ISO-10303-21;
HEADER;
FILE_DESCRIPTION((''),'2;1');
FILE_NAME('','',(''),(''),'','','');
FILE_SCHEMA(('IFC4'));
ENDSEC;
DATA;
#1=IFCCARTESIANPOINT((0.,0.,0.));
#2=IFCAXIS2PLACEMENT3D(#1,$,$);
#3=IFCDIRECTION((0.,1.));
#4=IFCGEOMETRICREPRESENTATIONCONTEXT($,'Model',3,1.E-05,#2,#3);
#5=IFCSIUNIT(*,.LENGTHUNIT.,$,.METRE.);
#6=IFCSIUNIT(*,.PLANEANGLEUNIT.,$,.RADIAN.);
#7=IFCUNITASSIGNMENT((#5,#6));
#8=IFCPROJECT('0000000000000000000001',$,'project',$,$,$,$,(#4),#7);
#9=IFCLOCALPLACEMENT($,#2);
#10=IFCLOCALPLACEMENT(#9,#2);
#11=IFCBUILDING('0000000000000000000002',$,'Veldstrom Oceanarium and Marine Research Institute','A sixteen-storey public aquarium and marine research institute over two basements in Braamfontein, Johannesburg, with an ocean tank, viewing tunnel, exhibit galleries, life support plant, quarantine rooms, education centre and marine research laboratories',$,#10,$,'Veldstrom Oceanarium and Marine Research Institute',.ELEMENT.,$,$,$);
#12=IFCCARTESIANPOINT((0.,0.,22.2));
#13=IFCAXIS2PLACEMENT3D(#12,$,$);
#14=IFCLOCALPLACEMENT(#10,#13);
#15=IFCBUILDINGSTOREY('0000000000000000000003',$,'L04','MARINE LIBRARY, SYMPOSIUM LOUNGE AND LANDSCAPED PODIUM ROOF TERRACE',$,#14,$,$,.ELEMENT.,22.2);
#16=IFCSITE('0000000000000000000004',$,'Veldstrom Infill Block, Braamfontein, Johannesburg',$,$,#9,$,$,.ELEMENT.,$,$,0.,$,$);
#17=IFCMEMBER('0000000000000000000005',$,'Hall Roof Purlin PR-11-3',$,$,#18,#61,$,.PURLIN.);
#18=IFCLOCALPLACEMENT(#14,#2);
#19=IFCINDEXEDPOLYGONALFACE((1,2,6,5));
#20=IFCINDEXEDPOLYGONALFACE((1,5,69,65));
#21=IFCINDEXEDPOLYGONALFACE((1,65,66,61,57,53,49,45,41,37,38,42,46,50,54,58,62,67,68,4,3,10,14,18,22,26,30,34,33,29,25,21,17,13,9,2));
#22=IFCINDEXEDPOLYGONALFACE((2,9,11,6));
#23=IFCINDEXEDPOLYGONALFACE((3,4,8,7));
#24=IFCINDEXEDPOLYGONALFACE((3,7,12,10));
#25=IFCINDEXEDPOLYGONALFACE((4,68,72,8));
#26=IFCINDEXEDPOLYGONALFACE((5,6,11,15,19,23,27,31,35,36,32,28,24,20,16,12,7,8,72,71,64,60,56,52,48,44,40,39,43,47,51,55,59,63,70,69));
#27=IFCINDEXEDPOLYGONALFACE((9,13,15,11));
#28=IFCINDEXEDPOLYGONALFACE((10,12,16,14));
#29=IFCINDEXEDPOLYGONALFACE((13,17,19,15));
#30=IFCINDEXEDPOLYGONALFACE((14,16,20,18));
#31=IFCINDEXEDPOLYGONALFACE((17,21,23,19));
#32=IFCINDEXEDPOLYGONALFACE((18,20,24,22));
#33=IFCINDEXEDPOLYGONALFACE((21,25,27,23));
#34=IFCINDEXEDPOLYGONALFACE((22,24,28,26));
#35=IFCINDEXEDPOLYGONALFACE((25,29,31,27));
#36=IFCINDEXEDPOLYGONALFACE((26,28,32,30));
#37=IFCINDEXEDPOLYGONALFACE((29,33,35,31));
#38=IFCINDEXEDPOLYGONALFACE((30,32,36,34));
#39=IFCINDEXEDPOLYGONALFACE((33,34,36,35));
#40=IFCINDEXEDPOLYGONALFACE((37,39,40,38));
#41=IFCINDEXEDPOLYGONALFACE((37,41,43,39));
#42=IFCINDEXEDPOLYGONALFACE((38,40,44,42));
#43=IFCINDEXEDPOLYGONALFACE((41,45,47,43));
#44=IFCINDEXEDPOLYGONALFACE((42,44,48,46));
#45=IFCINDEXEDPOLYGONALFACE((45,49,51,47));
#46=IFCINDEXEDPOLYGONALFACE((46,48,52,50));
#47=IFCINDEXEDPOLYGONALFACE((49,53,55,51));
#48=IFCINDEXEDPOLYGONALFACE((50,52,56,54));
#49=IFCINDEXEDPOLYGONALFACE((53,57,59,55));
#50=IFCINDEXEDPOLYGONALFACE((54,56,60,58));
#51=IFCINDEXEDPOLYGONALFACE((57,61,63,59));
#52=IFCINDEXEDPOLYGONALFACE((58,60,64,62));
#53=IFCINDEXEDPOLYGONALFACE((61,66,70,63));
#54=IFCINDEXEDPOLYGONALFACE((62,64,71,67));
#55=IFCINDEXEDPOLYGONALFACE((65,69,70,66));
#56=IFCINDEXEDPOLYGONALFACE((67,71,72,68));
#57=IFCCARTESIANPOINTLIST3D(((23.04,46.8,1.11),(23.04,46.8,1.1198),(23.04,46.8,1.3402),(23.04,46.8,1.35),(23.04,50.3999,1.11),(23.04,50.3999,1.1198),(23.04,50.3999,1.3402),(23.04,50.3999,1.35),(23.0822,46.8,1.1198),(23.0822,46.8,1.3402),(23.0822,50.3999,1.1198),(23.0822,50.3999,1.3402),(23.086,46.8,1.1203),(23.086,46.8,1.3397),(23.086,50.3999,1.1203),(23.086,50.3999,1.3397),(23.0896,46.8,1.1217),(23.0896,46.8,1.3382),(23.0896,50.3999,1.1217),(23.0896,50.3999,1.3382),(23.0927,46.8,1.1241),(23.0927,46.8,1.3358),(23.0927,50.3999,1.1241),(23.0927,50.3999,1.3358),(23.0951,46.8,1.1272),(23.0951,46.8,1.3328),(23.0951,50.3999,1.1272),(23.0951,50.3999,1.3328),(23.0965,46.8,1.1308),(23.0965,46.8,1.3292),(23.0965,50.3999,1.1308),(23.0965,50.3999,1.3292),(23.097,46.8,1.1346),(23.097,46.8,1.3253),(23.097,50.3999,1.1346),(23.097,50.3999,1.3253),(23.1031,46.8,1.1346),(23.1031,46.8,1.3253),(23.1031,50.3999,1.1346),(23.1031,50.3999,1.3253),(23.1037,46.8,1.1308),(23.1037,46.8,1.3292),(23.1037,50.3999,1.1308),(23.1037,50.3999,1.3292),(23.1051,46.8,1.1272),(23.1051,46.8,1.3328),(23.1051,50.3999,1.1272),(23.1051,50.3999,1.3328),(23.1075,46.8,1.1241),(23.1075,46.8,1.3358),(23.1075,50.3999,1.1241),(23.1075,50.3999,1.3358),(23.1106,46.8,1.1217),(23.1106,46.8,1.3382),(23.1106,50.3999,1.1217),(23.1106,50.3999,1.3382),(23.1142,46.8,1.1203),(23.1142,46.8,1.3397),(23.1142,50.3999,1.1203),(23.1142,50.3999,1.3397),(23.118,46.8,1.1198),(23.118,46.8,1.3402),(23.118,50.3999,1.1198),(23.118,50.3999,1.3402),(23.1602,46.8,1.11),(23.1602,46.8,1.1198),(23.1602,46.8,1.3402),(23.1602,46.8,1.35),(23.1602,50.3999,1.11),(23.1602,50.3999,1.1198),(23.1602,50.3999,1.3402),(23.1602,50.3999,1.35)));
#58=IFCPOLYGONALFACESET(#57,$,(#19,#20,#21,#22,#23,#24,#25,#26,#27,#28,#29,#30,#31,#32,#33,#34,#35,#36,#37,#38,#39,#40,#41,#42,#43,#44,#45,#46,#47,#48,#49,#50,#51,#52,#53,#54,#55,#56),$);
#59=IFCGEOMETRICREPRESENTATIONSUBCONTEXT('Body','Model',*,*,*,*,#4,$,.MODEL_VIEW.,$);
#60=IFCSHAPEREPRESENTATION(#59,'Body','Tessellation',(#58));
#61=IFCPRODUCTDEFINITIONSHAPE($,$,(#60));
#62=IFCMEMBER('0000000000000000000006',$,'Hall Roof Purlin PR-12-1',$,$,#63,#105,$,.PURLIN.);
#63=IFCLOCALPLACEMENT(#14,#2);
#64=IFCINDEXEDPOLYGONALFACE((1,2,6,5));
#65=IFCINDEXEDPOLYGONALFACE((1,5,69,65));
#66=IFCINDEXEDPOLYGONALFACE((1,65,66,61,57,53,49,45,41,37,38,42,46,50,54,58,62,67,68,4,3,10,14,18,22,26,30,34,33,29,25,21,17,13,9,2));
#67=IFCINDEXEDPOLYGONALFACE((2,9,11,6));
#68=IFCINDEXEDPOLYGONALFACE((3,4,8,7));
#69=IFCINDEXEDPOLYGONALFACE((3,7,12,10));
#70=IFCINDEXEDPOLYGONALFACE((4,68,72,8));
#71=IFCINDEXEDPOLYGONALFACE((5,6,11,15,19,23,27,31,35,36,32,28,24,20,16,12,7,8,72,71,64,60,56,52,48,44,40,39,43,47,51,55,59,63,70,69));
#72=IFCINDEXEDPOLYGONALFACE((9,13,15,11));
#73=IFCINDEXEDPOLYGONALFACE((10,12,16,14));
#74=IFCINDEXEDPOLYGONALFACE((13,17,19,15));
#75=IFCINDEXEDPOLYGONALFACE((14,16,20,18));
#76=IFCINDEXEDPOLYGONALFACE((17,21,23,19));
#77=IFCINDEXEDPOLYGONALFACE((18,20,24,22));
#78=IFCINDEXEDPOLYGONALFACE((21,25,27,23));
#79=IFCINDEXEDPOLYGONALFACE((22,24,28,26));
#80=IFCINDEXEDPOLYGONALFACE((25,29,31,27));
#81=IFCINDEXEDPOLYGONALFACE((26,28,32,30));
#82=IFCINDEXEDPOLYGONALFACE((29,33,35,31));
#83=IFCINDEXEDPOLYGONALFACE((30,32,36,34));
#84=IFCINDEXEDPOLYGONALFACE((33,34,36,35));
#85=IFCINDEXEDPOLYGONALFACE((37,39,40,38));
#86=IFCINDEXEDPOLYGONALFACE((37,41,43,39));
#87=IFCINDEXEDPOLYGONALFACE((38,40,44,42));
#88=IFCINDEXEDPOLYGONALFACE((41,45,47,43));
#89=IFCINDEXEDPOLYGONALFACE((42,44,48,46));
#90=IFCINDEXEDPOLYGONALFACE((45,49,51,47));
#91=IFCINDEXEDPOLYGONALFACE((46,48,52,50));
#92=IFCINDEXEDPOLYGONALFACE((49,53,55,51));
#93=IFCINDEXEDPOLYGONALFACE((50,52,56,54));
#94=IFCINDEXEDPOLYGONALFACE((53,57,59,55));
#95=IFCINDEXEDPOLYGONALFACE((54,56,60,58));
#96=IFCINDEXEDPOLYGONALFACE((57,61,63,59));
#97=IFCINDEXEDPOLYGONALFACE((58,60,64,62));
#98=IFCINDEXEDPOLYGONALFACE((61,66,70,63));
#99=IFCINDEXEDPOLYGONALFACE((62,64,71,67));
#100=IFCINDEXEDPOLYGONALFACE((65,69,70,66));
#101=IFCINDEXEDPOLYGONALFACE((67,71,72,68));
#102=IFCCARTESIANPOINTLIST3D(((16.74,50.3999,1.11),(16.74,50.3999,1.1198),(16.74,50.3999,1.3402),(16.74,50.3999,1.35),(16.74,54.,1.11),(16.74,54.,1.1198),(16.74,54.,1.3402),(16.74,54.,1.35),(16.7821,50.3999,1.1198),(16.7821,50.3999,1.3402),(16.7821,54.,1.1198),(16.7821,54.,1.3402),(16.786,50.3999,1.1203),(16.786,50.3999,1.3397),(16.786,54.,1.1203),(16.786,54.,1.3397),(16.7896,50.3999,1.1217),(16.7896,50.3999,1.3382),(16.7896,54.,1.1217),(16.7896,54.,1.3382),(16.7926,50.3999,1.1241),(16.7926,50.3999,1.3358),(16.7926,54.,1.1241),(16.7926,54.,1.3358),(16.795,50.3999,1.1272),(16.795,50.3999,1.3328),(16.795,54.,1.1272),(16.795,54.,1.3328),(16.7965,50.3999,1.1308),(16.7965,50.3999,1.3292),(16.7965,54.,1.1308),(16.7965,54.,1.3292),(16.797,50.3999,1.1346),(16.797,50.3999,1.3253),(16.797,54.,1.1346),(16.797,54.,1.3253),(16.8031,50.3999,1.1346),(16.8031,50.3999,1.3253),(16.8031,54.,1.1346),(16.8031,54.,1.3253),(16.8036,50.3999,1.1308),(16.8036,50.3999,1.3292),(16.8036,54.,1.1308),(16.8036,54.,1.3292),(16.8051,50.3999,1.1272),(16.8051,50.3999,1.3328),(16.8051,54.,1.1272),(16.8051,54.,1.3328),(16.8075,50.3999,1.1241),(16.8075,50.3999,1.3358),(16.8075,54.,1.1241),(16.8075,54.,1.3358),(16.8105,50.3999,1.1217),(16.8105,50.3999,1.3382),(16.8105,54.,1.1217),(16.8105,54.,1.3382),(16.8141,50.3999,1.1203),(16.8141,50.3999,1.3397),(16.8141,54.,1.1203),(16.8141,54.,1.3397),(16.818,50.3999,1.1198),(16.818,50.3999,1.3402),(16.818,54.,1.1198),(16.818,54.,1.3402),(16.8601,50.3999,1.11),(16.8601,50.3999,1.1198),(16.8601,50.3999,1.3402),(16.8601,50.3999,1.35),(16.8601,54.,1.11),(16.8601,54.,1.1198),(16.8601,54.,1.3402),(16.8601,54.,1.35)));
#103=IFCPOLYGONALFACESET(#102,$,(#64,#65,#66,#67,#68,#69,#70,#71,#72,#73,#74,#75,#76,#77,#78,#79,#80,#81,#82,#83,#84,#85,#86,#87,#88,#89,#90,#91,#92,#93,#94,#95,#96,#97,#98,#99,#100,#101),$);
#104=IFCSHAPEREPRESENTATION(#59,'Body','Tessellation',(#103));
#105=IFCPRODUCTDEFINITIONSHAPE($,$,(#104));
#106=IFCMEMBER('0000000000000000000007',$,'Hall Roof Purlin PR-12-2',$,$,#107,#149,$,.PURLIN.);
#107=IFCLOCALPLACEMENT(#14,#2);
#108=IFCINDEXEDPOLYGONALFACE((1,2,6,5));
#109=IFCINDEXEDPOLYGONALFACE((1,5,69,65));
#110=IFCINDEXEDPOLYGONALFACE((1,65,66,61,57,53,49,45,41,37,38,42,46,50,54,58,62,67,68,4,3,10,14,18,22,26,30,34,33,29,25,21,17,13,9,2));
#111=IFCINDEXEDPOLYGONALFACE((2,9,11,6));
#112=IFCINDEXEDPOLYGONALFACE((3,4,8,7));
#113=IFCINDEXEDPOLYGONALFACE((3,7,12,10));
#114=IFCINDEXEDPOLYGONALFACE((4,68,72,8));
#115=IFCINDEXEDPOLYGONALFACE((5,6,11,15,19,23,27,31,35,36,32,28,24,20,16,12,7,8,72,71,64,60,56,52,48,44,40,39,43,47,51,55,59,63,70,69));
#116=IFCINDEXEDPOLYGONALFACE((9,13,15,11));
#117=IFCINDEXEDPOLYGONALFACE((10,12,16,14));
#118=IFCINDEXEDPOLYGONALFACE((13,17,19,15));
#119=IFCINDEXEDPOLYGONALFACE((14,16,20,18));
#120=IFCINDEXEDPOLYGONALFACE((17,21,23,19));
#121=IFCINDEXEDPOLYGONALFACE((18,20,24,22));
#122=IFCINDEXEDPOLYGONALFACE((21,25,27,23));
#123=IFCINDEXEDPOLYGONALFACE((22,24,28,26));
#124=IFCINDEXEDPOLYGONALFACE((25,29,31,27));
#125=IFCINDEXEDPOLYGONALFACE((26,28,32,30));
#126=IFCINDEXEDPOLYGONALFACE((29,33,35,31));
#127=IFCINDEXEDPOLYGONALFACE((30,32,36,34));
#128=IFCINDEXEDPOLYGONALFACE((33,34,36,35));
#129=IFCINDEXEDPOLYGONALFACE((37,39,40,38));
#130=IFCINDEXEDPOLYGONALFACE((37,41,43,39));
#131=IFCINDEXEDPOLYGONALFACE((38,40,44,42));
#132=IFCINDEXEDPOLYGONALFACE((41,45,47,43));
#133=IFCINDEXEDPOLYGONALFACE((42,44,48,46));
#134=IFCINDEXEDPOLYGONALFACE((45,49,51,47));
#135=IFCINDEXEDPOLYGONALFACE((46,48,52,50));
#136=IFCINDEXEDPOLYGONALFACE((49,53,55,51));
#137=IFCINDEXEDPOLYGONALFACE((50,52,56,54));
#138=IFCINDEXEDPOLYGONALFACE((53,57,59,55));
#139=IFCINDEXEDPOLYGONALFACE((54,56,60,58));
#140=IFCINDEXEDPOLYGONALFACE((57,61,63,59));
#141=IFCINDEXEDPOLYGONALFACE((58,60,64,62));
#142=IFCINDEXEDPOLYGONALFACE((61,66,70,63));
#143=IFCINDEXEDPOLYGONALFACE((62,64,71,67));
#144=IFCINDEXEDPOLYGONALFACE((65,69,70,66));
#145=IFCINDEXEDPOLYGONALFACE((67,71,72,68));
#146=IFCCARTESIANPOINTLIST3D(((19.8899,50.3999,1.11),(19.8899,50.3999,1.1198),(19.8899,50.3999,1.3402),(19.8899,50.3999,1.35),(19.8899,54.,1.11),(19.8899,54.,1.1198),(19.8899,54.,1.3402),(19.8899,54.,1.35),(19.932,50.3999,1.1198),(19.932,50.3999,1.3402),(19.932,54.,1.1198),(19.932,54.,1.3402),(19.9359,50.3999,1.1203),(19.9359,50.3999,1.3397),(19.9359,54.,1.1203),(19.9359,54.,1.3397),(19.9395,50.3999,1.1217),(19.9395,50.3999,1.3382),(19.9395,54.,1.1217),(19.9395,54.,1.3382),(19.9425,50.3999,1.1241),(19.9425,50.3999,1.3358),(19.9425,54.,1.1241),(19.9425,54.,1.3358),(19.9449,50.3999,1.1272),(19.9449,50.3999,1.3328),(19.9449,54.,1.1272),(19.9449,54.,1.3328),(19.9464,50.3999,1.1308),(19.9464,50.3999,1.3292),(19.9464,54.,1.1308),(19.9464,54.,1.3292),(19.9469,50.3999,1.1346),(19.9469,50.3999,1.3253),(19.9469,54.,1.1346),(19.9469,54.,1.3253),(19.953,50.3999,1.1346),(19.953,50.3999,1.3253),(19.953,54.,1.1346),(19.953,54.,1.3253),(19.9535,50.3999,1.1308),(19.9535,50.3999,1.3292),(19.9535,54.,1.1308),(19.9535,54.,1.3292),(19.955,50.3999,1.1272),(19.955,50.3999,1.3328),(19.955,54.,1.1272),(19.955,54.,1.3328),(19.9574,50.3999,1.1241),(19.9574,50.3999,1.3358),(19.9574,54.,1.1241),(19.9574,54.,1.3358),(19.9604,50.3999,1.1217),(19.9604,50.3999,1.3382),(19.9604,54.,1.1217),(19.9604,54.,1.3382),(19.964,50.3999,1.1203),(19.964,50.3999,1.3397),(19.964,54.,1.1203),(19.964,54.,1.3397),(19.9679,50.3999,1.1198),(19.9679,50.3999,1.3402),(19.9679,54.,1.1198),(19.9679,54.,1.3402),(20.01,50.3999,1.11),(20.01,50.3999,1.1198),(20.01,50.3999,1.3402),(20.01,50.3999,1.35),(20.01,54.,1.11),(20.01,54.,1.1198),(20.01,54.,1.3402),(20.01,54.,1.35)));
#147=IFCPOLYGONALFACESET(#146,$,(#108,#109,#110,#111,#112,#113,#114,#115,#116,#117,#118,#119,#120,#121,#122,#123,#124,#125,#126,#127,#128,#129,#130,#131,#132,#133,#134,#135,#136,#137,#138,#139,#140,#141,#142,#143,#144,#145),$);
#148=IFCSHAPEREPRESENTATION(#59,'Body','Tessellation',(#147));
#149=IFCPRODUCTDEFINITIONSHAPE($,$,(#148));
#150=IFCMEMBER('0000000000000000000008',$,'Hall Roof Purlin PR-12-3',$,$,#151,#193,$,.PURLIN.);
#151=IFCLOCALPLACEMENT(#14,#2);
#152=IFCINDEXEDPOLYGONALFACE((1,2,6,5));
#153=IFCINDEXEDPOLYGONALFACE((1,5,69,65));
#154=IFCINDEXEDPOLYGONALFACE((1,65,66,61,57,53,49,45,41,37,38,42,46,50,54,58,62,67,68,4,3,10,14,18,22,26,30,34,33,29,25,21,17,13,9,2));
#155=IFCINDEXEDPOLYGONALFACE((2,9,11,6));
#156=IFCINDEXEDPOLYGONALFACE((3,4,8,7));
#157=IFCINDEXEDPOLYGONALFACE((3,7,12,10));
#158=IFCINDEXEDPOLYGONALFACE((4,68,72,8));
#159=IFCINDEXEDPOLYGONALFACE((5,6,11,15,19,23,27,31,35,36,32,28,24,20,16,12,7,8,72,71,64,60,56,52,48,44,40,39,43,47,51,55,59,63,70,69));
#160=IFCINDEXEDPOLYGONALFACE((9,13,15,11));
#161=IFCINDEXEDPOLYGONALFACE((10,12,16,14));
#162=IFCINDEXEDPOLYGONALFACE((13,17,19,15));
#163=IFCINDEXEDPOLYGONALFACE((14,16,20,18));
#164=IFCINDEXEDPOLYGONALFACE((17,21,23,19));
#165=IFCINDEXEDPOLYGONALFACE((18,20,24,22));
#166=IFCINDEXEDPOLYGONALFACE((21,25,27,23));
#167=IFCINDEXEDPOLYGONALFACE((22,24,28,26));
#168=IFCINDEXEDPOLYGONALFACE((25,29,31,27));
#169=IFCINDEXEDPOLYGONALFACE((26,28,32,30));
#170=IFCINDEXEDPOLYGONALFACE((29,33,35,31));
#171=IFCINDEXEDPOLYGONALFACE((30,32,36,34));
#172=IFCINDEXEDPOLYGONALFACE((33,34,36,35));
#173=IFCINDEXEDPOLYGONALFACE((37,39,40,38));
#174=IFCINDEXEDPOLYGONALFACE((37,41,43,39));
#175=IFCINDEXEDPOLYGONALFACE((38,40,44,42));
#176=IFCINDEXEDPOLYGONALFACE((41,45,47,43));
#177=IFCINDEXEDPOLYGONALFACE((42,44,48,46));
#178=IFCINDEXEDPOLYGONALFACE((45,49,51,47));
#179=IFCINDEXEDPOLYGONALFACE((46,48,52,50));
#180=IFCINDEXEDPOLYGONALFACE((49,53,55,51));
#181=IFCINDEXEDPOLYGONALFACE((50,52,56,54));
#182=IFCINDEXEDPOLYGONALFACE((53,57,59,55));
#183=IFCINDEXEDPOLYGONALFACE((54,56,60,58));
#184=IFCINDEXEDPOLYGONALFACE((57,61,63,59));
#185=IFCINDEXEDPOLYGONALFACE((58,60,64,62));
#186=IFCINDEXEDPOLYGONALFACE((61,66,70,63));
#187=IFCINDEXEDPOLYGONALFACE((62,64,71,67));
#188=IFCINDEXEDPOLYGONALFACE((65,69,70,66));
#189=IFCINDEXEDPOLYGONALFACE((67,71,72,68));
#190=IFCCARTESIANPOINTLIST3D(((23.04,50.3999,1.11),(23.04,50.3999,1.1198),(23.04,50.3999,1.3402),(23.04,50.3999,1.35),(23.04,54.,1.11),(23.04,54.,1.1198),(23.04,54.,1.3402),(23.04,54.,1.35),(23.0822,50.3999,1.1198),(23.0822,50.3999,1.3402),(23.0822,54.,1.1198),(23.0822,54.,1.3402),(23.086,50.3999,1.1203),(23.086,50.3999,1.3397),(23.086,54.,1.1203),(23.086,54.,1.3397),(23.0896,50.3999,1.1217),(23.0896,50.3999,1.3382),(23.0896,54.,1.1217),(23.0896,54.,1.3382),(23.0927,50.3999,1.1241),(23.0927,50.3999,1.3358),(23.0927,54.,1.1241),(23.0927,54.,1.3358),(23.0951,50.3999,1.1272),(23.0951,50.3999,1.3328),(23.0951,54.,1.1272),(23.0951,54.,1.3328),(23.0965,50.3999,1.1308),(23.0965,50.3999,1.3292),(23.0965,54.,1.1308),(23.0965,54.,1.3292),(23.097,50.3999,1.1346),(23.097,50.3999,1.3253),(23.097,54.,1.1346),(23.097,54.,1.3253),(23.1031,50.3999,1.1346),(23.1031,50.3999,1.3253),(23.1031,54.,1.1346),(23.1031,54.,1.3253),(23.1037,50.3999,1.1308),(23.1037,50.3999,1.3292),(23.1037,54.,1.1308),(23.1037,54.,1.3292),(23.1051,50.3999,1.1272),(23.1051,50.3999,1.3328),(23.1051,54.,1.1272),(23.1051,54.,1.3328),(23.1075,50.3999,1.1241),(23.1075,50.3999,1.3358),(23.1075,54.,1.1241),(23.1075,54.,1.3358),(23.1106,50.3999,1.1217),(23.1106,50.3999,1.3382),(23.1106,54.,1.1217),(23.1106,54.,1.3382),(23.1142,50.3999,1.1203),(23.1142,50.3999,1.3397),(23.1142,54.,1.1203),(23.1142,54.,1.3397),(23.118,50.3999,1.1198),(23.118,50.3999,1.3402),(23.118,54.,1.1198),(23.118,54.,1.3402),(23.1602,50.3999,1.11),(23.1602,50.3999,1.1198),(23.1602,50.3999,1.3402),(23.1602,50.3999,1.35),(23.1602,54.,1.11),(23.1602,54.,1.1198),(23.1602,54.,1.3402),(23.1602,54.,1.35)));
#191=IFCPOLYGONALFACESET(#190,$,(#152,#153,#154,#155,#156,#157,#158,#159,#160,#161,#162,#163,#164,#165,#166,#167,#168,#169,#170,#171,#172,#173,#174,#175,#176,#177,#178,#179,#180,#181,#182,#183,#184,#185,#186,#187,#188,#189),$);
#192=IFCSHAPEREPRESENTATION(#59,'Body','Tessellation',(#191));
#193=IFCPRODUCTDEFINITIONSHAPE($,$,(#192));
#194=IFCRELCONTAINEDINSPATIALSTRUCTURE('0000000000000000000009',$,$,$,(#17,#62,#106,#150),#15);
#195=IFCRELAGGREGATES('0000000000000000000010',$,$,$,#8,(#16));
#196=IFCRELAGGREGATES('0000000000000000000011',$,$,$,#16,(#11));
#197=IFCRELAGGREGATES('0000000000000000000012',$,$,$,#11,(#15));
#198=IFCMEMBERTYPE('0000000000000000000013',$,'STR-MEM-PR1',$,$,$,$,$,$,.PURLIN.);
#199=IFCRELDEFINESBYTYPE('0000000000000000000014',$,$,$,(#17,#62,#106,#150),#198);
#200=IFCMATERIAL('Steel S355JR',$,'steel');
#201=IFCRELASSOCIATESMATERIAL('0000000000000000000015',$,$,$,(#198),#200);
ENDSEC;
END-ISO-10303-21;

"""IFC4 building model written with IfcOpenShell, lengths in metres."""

from ifc_helpers import new_model, si_unit, direction, frame, origin, origin_2d, place, context, subcontext, project, spatial, i_section, extrude, material, material_profile, profile_set, type_object, element, save


model = new_model("IFC4")

# Units and contexts
model_context = context("Model", 3, precision=1e-05, world=origin(), true_north=direction((0.0, 1.0)))
body_context = subcontext(model_context, "Body", "Model", "MODEL_VIEW")
ifc_project = project(units=[si_unit("LENGTHUNIT", "METRE"), si_unit("PLANEANGLEUNIT", "RADIAN")], contexts=[model_context])

# Site, building, storey
site_placement = place(None, origin())
site = spatial("IfcSite", under=ifc_project, at=site_placement, Name="Veldstrom Infill Block, Braamfontein, Johannesburg", CompositionType="ELEMENT", RefElevation=0.0)
building_placement = place(site_placement, origin())
building = spatial("IfcBuilding", under=site, at=building_placement, Name="Veldstrom Oceanarium and Marine Research Institute", Description="A sixteen-storey public aquarium and marine research institute over two basements in Braamfontein, Johannesburg, with an ocean tank, viewing tunnel, exhibit galleries, life support plant, quarantine rooms, education centre and marine research laboratories", LongName="Veldstrom Oceanarium and Marine Research Institute", CompositionType="ELEMENT")
storey_placement = place(building_placement, frame((0.0, 0.0, 22.2)))
storey = spatial("IfcBuildingStorey", under=building, at=storey_placement, Name="L04", Description="MARINE LIBRARY, SYMPOSIUM LOUNGE AND LANDSCAPED PODIUM ROOF TERRACE", CompositionType="ELEMENT", Elevation=22.2)

# Members
ifc_material_1 = material(Name="Steel S355JR", Category="steel")
ifc_material_profile_1 = material_profile(ifc_material_1, i_section(OverallWidth=0.1201, OverallDepth=0.24, WebThickness=0.0061, FlangeThickness=0.0098, FilletRadius=0.0149, at=origin_2d()), Name="IPE 240")
ifc_profile_set_1 = profile_set([ifc_material_profile_1], Name="Steel S355JR")
member_type_1 = type_object("IfcMemberType", Name="STR-MEM-PR1", PredefinedType="PURLIN", material=ifc_profile_set_1)
member_1_placement = place(storey_placement, frame((23.1001, 46.8, 1.23), z_axis=(0.0, 1.0, 0.0), x_axis=(-1.0, 0.0, 0.0)))
element("IfcMember", 1, at=member_1_placement, inside=storey, type_object=member_type_1, Name="Hall Roof Purlin PR-11-3", PredefinedType="PURLIN", context=body_context, shape_type="SweptSolid", body=[
    extrude(i_section(OverallWidth=0.1201, OverallDepth=0.24, WebThickness=0.0061, FlangeThickness=0.0098, FilletRadius=0.0149, at=origin_2d()), origin(), (0.0, 0.0, 1.0), 3.5999),
])
for number, where, z_axis, x_axis, name in (
    (2, (16.8, 50.3999, 1.23), (0.0, 1.0, 0.0), (-1.0, 0.0, 0.0), "Hall Roof Purlin PR-12-1"),
    (3, (19.95, 50.3999, 1.23), (0.0, 1.0, 0.0), (-1.0, 0.0, 0.0), "Hall Roof Purlin PR-12-2"),
    (4, (23.1001, 50.3999, 1.23), (0.0, 1.0, 0.0), (-1.0, 0.0, 0.0), "Hall Roof Purlin PR-12-3"),
):
    element("IfcMember", number, at=place(storey_placement, frame(where, z_axis=z_axis, x_axis=x_axis)), inside=storey, type_object=member_type_1, Name=name, PredefinedType="PURLIN", context=body_context, shape_type="SweptSolid", body=[
        extrude(i_section(OverallWidth=0.1201, OverallDepth=0.24, WebThickness=0.0061, FlangeThickness=0.0098, FilletRadius=0.0149, at=origin_2d()), origin(), (0.0, 0.0, 1.0), 3.6001),
    ])

save(model, "model.ifc")
